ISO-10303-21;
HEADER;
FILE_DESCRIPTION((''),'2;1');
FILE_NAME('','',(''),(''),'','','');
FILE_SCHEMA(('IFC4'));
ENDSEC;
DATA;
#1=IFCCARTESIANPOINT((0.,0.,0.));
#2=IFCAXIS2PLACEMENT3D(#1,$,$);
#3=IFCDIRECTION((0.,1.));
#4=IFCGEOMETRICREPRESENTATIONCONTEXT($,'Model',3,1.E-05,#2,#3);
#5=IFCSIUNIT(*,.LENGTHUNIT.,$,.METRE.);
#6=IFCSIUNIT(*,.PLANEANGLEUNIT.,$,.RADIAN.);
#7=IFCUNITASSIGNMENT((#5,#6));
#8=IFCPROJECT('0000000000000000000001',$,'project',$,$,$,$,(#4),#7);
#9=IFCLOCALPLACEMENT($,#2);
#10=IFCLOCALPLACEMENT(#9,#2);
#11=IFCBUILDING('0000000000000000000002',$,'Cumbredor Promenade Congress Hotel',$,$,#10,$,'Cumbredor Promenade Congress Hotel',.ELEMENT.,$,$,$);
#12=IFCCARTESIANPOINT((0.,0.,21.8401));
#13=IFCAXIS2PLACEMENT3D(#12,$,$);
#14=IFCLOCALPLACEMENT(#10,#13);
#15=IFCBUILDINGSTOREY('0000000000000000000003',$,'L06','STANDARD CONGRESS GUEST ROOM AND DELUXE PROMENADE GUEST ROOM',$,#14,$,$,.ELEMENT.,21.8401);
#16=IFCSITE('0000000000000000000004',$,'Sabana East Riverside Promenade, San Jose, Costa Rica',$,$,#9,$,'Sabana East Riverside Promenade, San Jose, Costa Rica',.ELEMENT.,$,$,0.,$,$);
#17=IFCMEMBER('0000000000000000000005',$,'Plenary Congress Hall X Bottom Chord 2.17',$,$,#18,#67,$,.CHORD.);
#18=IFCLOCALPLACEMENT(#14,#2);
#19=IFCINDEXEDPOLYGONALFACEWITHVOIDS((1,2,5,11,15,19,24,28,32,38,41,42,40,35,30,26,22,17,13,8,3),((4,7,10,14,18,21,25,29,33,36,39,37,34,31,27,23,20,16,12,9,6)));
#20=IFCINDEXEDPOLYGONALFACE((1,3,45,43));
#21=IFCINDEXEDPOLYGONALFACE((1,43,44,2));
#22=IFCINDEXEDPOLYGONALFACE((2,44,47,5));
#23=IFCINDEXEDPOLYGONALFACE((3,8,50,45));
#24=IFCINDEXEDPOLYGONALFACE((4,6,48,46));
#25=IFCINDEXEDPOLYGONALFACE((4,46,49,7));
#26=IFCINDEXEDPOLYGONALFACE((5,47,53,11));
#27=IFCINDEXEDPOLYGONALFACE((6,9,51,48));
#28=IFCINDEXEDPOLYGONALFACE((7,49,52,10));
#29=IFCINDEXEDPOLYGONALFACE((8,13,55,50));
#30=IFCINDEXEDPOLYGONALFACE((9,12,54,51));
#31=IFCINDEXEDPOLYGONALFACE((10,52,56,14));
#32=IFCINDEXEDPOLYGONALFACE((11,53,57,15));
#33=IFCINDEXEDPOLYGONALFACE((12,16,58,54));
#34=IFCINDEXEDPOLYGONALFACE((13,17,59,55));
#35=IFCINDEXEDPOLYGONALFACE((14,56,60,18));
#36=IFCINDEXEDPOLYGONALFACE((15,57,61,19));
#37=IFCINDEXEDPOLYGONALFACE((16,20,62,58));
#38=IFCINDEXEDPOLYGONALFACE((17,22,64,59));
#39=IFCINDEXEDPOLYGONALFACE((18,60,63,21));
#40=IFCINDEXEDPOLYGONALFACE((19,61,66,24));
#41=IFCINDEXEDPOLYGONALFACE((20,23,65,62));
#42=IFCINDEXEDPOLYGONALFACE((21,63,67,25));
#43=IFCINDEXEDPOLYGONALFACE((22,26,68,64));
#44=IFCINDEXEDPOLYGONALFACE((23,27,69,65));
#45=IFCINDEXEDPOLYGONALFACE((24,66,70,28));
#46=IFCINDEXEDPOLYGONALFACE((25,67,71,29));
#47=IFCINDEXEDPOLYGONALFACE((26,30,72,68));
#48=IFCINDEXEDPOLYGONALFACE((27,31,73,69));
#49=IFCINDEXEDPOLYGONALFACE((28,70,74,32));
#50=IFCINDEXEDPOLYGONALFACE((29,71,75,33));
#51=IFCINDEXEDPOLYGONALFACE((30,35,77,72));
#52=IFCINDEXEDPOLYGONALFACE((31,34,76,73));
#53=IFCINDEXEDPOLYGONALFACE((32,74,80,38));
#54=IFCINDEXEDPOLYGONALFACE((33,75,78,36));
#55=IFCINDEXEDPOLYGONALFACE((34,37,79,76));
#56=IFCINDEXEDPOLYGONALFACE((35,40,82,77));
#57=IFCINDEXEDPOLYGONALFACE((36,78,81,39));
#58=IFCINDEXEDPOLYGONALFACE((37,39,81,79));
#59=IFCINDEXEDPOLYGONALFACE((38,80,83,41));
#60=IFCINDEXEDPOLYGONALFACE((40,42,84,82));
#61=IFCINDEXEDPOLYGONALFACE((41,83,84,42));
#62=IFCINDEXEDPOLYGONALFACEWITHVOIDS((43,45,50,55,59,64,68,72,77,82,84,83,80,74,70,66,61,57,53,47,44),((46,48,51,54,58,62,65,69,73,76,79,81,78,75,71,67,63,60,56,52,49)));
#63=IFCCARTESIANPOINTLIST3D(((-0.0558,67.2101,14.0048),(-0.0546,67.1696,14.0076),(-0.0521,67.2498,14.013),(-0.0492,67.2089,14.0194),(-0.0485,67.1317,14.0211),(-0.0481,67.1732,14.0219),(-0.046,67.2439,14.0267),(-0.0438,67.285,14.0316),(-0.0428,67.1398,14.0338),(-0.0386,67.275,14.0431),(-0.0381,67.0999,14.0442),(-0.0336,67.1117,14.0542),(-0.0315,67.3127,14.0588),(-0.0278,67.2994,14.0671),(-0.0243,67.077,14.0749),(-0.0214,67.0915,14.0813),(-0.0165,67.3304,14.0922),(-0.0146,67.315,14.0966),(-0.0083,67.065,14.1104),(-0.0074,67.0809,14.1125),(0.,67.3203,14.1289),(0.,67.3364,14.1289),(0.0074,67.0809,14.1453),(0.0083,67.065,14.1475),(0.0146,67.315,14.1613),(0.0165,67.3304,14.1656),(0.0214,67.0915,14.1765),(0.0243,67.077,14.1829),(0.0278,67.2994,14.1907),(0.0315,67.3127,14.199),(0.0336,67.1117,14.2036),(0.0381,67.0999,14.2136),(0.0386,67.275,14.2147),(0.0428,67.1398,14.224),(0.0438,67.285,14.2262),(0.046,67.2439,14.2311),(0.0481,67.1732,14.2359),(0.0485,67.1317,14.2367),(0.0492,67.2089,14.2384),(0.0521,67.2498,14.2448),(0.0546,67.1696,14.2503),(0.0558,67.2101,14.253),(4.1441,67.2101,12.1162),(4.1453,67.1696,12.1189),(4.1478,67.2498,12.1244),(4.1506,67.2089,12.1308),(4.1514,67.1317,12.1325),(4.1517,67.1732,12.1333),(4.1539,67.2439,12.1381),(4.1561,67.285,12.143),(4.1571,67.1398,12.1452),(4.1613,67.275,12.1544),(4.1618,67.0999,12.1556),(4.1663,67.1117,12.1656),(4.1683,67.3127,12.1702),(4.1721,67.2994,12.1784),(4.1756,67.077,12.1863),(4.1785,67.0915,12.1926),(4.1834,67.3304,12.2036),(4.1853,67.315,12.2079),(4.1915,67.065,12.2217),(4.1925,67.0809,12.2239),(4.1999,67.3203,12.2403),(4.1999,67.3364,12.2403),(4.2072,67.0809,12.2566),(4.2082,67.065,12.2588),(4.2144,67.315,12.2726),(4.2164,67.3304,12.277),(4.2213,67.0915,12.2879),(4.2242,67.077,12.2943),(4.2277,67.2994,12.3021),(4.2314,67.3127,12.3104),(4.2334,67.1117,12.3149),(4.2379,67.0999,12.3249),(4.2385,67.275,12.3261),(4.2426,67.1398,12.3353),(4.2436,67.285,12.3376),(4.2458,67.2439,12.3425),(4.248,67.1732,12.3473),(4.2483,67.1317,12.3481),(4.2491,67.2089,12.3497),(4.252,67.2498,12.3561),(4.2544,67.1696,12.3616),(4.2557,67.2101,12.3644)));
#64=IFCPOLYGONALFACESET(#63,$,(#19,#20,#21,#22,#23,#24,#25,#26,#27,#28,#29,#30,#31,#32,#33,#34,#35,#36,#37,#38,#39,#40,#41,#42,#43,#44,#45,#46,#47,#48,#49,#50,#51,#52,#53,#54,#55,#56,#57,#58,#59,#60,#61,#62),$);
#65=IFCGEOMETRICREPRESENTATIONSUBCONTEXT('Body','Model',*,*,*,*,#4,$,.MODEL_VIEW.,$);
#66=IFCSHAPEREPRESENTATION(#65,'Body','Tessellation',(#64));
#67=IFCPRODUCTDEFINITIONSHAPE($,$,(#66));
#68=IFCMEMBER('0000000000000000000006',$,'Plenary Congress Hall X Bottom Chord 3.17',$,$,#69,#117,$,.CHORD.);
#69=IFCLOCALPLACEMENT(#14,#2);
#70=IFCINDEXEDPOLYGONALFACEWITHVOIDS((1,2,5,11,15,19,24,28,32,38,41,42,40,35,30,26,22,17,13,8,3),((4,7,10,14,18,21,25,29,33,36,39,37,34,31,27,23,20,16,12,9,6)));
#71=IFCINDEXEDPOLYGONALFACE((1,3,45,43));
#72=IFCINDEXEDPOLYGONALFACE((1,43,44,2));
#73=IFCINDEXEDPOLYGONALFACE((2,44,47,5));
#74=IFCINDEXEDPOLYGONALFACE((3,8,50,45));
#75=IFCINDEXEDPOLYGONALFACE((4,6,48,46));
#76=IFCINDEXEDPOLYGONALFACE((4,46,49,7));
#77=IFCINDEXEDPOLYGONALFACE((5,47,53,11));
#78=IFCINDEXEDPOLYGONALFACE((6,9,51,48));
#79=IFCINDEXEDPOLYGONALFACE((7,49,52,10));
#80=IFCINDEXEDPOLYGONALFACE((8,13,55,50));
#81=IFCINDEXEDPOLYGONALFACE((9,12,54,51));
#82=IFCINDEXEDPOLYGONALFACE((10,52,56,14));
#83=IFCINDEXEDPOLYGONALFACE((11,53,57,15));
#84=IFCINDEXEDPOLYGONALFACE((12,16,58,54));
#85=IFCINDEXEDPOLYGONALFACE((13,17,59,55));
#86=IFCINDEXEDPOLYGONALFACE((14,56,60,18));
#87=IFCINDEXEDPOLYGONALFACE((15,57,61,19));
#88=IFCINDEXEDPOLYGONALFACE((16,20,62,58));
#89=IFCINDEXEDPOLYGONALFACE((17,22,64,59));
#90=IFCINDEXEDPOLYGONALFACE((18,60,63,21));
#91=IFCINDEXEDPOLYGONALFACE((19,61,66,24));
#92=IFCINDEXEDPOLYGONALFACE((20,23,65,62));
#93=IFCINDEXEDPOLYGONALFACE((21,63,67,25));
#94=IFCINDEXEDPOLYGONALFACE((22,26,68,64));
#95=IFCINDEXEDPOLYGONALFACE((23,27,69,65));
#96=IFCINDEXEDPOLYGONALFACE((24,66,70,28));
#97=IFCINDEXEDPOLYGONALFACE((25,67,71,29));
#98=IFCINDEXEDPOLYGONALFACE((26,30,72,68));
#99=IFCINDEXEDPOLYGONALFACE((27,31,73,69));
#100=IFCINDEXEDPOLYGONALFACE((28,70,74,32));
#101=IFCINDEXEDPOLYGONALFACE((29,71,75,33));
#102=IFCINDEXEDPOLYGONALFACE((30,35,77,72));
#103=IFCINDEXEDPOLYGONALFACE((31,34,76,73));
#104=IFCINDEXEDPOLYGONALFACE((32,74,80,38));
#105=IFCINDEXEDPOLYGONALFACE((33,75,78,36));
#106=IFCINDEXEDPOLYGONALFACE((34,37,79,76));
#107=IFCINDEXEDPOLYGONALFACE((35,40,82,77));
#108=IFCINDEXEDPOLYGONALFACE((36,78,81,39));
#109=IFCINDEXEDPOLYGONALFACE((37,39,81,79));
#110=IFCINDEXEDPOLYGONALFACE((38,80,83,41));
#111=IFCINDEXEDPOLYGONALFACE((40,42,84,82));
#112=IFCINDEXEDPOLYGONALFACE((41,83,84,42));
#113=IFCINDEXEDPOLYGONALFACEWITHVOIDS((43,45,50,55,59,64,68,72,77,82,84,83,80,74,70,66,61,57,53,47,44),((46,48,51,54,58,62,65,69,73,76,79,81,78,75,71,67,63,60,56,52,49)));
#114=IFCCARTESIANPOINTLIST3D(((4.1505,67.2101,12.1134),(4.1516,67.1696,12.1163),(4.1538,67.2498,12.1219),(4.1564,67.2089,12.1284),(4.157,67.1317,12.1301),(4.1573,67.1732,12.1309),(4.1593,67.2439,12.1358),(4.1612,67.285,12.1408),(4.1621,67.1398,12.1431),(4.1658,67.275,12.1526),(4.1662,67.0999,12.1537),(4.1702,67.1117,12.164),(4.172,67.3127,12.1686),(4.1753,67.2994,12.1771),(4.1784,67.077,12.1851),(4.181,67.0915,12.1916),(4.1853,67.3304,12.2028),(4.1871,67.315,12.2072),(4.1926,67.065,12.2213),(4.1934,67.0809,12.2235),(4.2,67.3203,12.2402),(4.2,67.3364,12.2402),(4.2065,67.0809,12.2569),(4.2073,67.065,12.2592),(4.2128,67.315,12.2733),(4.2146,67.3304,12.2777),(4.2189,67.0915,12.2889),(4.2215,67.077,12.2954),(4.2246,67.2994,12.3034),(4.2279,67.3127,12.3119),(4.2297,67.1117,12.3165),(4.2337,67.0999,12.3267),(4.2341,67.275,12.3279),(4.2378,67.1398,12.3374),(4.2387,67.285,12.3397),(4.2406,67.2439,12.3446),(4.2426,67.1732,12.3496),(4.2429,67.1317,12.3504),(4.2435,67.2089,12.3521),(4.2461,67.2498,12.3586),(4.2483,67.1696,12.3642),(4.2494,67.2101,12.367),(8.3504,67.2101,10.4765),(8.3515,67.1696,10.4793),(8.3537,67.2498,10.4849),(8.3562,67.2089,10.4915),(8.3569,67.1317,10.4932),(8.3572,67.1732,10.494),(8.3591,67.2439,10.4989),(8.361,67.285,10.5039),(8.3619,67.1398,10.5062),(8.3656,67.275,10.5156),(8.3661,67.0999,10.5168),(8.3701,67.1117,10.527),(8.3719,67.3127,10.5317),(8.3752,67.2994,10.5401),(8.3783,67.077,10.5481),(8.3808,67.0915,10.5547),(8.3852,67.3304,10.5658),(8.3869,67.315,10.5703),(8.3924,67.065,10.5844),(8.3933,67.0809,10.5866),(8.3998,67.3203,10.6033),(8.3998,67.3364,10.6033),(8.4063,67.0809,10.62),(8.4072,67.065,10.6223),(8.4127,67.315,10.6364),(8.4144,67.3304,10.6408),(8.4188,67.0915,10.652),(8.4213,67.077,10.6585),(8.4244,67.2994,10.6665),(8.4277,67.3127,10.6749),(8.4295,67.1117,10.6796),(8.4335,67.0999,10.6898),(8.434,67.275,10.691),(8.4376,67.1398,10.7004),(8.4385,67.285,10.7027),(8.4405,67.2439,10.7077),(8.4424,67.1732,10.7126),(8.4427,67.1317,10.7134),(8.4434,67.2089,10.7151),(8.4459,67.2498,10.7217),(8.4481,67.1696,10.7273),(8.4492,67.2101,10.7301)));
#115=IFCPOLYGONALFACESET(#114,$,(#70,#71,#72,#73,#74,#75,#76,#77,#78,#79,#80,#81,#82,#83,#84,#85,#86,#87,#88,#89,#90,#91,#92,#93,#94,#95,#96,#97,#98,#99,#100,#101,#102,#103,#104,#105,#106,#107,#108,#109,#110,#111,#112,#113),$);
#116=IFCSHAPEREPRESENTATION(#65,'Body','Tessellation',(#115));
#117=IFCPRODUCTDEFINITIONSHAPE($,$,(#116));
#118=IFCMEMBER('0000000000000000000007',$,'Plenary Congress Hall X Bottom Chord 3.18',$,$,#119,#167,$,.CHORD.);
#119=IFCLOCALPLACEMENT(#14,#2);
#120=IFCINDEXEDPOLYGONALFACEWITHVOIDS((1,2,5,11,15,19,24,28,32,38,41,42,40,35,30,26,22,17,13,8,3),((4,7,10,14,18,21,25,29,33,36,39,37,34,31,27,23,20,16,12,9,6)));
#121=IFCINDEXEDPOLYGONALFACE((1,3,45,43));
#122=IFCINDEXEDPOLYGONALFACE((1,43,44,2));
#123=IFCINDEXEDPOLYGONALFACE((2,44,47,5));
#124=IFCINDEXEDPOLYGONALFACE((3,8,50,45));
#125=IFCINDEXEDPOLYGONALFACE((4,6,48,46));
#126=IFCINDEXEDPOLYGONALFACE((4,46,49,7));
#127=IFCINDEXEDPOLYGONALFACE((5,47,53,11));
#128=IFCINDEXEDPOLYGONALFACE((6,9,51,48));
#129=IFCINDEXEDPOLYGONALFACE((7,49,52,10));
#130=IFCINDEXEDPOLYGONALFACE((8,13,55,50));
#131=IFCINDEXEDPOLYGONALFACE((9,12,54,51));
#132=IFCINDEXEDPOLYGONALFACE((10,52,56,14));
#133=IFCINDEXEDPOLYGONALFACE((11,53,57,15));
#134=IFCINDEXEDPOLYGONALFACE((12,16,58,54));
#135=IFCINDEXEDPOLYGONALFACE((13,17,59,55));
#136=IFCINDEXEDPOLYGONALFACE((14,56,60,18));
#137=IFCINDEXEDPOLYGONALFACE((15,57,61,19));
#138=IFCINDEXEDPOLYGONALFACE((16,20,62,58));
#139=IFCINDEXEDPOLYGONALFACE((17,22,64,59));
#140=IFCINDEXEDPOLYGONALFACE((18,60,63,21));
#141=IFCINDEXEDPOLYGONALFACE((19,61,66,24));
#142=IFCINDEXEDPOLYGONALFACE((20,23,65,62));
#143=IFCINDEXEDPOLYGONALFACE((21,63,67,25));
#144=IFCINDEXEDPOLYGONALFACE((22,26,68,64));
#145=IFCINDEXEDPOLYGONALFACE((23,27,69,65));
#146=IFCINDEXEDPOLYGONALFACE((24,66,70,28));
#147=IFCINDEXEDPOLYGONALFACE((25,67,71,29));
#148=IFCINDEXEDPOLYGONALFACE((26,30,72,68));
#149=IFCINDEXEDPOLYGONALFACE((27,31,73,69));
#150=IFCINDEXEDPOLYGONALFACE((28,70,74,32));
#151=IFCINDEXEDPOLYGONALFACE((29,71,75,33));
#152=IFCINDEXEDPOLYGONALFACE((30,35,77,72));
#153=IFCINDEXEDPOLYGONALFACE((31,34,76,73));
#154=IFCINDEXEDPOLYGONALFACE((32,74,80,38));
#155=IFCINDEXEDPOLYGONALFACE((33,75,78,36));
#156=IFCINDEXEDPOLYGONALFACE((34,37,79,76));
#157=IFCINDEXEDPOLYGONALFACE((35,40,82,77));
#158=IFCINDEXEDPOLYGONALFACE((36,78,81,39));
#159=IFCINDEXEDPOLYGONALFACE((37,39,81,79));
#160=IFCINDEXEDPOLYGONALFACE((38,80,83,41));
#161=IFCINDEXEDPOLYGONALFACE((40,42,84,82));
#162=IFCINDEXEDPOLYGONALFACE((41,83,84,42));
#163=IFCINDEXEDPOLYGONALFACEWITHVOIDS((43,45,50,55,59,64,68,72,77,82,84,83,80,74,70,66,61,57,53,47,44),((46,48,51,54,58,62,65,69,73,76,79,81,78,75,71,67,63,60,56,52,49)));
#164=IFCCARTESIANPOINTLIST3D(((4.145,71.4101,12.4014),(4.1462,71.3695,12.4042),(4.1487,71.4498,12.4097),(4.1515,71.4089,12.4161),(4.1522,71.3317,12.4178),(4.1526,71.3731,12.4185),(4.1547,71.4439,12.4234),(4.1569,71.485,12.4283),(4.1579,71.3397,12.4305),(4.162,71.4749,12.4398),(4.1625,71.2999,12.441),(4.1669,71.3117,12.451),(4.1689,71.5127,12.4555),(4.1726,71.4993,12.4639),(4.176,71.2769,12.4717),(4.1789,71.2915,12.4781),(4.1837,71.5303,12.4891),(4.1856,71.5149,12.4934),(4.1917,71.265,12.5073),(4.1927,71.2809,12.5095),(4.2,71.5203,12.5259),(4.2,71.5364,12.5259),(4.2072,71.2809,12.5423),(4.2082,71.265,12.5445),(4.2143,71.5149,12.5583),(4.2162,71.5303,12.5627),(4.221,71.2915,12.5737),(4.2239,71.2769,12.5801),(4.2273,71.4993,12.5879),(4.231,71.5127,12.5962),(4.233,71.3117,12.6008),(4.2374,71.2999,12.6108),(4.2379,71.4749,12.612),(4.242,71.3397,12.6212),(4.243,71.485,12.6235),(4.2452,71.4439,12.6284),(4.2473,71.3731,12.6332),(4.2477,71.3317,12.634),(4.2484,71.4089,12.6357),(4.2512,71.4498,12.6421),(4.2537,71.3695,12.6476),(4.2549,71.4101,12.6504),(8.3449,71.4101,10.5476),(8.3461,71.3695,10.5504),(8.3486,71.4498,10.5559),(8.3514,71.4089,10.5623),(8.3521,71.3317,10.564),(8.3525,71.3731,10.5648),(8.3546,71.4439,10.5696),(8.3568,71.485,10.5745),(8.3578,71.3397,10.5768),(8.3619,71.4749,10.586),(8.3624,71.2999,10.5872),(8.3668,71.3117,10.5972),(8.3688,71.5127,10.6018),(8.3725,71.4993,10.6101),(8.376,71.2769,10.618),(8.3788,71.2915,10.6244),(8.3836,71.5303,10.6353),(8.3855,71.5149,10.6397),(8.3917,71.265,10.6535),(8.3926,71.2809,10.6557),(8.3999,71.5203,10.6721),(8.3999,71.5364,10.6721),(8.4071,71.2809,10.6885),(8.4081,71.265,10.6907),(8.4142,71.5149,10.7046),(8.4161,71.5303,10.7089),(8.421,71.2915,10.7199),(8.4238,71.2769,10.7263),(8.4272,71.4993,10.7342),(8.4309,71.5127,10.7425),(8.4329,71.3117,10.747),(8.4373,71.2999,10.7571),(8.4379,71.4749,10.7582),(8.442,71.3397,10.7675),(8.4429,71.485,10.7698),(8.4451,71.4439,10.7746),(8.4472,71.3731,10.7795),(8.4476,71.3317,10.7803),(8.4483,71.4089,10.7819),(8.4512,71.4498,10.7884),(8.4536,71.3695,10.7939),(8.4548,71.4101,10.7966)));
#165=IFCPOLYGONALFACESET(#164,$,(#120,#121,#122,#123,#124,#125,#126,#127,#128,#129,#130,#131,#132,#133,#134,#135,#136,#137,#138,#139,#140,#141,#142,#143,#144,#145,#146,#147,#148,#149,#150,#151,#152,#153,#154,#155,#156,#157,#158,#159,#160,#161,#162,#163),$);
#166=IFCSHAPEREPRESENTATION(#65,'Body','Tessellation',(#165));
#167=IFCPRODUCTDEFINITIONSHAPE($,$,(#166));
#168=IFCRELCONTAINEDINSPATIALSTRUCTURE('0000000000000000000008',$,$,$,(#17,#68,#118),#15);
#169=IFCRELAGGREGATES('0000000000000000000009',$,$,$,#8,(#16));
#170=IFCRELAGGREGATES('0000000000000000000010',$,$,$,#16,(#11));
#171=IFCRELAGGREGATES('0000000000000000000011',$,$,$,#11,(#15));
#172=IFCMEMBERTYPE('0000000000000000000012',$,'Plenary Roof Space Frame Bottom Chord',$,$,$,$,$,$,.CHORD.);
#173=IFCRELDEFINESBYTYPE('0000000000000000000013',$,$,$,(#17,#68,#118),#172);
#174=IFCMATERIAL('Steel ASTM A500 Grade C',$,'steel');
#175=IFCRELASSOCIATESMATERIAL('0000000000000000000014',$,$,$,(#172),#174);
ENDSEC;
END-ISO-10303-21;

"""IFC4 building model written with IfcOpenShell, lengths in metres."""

from ifc_helpers import new_model, si_unit, direction, frame, origin, origin_2d, place, context, subcontext, project, spatial, hollow_circle, extrude, material, material_profile, profile_set, type_object, element, save


model = new_model("IFC4")

# Units and contexts
model_context = context("Model", 3, precision=1e-05, world=origin(), true_north=direction((0.0, 1.0)))
body_context = subcontext(model_context, "Body", "Model", "MODEL_VIEW")
ifc_project = project(units=[si_unit("LENGTHUNIT", "METRE"), si_unit("PLANEANGLEUNIT", "RADIAN")], contexts=[model_context])

# Site, building, storey
site_placement = place(None, origin())
site = spatial("IfcSite", under=ifc_project, at=site_placement, Name="Sabana East Riverside Promenade, San Jose, Costa Rica", LongName="Sabana East Riverside Promenade, San Jose, Costa Rica", CompositionType="ELEMENT", RefElevation=0.0)
building_placement = place(site_placement, origin())
building = spatial("IfcBuilding", under=site, at=building_placement, Name="Cumbredor Promenade Congress Hotel", LongName="Cumbredor Promenade Congress Hotel", CompositionType="ELEMENT")
storey_placement = place(building_placement, frame((0.0, 0.0, 21.8401)))
storey = spatial("IfcBuildingStorey", under=building, at=storey_placement, Name="L06", Description="STANDARD CONGRESS GUEST ROOM AND DELUXE PROMENADE GUEST ROOM", CompositionType="ELEMENT", Elevation=21.8401)

# Members
ifc_material_1 = material(Name="Steel ASTM A500 Grade C", Category="steel")
ifc_material_profile_1 = material_profile(ifc_material_1, hollow_circle(Radius=0.1365, WallThickness=0.0161, at=origin_2d()), Name="CHS 273.0x16")
ifc_profile_set_1 = profile_set([ifc_material_profile_1], Name="Steel ASTM A500 Grade C")
member_type_1 = type_object("IfcMemberType", Name="Plenary Roof Space Frame Bottom Chord", PredefinedType="CHORD", material=ifc_profile_set_1)
member_1_placement = place(storey_placement, frame((0.0, 67.2, 14.1289), z_axis=(0.912028, 0.0, -0.410129), x_axis=(0.0, 1.0, 0.0)))
element("IfcMember", 1, at=member_1_placement, inside=storey, type_object=member_type_1, Name="Plenary Congress Hall X Bottom Chord 2.17", PredefinedType="CHORD", context=body_context, shape_type="SweptSolid", body=[
    extrude(hollow_circle(Radius=0.1365, WallThickness=0.0161, at=origin_2d()), origin(), (0.0, 0.0, 1.0), 4.605),
])
member_2_placement = place(storey_placement, frame((4.2, 67.2, 12.2402), z_axis=(0.931731, 0.0, -0.363149), x_axis=(0.0, 1.0, 0.0)))
element("IfcMember", 2, at=member_2_placement, inside=storey, type_object=member_type_1, Name="Plenary Congress Hall X Bottom Chord 3.17", PredefinedType="CHORD", context=body_context, shape_type="SweptSolid", body=[
    extrude(hollow_circle(Radius=0.1365, WallThickness=0.0161, at=origin_2d()), origin(), (0.0, 0.0, 1.0), 4.5076),
])
member_3_placement = place(storey_placement, frame((4.2, 71.3999, 12.5259), z_axis=(0.91485, 0.0, -0.403793), x_axis=(0.0, 1.0, 0.0)))
element("IfcMember", 3, at=member_3_placement, inside=storey, type_object=member_type_1, Name="Plenary Congress Hall X Bottom Chord 3.18", PredefinedType="CHORD", context=body_context, shape_type="SweptSolid", body=[
    extrude(hollow_circle(Radius=0.1365, WallThickness=0.0161, at=origin_2d()), origin(), (0.0, 0.0, 1.0), 4.5908),
])

save(model, "model.ifc")
